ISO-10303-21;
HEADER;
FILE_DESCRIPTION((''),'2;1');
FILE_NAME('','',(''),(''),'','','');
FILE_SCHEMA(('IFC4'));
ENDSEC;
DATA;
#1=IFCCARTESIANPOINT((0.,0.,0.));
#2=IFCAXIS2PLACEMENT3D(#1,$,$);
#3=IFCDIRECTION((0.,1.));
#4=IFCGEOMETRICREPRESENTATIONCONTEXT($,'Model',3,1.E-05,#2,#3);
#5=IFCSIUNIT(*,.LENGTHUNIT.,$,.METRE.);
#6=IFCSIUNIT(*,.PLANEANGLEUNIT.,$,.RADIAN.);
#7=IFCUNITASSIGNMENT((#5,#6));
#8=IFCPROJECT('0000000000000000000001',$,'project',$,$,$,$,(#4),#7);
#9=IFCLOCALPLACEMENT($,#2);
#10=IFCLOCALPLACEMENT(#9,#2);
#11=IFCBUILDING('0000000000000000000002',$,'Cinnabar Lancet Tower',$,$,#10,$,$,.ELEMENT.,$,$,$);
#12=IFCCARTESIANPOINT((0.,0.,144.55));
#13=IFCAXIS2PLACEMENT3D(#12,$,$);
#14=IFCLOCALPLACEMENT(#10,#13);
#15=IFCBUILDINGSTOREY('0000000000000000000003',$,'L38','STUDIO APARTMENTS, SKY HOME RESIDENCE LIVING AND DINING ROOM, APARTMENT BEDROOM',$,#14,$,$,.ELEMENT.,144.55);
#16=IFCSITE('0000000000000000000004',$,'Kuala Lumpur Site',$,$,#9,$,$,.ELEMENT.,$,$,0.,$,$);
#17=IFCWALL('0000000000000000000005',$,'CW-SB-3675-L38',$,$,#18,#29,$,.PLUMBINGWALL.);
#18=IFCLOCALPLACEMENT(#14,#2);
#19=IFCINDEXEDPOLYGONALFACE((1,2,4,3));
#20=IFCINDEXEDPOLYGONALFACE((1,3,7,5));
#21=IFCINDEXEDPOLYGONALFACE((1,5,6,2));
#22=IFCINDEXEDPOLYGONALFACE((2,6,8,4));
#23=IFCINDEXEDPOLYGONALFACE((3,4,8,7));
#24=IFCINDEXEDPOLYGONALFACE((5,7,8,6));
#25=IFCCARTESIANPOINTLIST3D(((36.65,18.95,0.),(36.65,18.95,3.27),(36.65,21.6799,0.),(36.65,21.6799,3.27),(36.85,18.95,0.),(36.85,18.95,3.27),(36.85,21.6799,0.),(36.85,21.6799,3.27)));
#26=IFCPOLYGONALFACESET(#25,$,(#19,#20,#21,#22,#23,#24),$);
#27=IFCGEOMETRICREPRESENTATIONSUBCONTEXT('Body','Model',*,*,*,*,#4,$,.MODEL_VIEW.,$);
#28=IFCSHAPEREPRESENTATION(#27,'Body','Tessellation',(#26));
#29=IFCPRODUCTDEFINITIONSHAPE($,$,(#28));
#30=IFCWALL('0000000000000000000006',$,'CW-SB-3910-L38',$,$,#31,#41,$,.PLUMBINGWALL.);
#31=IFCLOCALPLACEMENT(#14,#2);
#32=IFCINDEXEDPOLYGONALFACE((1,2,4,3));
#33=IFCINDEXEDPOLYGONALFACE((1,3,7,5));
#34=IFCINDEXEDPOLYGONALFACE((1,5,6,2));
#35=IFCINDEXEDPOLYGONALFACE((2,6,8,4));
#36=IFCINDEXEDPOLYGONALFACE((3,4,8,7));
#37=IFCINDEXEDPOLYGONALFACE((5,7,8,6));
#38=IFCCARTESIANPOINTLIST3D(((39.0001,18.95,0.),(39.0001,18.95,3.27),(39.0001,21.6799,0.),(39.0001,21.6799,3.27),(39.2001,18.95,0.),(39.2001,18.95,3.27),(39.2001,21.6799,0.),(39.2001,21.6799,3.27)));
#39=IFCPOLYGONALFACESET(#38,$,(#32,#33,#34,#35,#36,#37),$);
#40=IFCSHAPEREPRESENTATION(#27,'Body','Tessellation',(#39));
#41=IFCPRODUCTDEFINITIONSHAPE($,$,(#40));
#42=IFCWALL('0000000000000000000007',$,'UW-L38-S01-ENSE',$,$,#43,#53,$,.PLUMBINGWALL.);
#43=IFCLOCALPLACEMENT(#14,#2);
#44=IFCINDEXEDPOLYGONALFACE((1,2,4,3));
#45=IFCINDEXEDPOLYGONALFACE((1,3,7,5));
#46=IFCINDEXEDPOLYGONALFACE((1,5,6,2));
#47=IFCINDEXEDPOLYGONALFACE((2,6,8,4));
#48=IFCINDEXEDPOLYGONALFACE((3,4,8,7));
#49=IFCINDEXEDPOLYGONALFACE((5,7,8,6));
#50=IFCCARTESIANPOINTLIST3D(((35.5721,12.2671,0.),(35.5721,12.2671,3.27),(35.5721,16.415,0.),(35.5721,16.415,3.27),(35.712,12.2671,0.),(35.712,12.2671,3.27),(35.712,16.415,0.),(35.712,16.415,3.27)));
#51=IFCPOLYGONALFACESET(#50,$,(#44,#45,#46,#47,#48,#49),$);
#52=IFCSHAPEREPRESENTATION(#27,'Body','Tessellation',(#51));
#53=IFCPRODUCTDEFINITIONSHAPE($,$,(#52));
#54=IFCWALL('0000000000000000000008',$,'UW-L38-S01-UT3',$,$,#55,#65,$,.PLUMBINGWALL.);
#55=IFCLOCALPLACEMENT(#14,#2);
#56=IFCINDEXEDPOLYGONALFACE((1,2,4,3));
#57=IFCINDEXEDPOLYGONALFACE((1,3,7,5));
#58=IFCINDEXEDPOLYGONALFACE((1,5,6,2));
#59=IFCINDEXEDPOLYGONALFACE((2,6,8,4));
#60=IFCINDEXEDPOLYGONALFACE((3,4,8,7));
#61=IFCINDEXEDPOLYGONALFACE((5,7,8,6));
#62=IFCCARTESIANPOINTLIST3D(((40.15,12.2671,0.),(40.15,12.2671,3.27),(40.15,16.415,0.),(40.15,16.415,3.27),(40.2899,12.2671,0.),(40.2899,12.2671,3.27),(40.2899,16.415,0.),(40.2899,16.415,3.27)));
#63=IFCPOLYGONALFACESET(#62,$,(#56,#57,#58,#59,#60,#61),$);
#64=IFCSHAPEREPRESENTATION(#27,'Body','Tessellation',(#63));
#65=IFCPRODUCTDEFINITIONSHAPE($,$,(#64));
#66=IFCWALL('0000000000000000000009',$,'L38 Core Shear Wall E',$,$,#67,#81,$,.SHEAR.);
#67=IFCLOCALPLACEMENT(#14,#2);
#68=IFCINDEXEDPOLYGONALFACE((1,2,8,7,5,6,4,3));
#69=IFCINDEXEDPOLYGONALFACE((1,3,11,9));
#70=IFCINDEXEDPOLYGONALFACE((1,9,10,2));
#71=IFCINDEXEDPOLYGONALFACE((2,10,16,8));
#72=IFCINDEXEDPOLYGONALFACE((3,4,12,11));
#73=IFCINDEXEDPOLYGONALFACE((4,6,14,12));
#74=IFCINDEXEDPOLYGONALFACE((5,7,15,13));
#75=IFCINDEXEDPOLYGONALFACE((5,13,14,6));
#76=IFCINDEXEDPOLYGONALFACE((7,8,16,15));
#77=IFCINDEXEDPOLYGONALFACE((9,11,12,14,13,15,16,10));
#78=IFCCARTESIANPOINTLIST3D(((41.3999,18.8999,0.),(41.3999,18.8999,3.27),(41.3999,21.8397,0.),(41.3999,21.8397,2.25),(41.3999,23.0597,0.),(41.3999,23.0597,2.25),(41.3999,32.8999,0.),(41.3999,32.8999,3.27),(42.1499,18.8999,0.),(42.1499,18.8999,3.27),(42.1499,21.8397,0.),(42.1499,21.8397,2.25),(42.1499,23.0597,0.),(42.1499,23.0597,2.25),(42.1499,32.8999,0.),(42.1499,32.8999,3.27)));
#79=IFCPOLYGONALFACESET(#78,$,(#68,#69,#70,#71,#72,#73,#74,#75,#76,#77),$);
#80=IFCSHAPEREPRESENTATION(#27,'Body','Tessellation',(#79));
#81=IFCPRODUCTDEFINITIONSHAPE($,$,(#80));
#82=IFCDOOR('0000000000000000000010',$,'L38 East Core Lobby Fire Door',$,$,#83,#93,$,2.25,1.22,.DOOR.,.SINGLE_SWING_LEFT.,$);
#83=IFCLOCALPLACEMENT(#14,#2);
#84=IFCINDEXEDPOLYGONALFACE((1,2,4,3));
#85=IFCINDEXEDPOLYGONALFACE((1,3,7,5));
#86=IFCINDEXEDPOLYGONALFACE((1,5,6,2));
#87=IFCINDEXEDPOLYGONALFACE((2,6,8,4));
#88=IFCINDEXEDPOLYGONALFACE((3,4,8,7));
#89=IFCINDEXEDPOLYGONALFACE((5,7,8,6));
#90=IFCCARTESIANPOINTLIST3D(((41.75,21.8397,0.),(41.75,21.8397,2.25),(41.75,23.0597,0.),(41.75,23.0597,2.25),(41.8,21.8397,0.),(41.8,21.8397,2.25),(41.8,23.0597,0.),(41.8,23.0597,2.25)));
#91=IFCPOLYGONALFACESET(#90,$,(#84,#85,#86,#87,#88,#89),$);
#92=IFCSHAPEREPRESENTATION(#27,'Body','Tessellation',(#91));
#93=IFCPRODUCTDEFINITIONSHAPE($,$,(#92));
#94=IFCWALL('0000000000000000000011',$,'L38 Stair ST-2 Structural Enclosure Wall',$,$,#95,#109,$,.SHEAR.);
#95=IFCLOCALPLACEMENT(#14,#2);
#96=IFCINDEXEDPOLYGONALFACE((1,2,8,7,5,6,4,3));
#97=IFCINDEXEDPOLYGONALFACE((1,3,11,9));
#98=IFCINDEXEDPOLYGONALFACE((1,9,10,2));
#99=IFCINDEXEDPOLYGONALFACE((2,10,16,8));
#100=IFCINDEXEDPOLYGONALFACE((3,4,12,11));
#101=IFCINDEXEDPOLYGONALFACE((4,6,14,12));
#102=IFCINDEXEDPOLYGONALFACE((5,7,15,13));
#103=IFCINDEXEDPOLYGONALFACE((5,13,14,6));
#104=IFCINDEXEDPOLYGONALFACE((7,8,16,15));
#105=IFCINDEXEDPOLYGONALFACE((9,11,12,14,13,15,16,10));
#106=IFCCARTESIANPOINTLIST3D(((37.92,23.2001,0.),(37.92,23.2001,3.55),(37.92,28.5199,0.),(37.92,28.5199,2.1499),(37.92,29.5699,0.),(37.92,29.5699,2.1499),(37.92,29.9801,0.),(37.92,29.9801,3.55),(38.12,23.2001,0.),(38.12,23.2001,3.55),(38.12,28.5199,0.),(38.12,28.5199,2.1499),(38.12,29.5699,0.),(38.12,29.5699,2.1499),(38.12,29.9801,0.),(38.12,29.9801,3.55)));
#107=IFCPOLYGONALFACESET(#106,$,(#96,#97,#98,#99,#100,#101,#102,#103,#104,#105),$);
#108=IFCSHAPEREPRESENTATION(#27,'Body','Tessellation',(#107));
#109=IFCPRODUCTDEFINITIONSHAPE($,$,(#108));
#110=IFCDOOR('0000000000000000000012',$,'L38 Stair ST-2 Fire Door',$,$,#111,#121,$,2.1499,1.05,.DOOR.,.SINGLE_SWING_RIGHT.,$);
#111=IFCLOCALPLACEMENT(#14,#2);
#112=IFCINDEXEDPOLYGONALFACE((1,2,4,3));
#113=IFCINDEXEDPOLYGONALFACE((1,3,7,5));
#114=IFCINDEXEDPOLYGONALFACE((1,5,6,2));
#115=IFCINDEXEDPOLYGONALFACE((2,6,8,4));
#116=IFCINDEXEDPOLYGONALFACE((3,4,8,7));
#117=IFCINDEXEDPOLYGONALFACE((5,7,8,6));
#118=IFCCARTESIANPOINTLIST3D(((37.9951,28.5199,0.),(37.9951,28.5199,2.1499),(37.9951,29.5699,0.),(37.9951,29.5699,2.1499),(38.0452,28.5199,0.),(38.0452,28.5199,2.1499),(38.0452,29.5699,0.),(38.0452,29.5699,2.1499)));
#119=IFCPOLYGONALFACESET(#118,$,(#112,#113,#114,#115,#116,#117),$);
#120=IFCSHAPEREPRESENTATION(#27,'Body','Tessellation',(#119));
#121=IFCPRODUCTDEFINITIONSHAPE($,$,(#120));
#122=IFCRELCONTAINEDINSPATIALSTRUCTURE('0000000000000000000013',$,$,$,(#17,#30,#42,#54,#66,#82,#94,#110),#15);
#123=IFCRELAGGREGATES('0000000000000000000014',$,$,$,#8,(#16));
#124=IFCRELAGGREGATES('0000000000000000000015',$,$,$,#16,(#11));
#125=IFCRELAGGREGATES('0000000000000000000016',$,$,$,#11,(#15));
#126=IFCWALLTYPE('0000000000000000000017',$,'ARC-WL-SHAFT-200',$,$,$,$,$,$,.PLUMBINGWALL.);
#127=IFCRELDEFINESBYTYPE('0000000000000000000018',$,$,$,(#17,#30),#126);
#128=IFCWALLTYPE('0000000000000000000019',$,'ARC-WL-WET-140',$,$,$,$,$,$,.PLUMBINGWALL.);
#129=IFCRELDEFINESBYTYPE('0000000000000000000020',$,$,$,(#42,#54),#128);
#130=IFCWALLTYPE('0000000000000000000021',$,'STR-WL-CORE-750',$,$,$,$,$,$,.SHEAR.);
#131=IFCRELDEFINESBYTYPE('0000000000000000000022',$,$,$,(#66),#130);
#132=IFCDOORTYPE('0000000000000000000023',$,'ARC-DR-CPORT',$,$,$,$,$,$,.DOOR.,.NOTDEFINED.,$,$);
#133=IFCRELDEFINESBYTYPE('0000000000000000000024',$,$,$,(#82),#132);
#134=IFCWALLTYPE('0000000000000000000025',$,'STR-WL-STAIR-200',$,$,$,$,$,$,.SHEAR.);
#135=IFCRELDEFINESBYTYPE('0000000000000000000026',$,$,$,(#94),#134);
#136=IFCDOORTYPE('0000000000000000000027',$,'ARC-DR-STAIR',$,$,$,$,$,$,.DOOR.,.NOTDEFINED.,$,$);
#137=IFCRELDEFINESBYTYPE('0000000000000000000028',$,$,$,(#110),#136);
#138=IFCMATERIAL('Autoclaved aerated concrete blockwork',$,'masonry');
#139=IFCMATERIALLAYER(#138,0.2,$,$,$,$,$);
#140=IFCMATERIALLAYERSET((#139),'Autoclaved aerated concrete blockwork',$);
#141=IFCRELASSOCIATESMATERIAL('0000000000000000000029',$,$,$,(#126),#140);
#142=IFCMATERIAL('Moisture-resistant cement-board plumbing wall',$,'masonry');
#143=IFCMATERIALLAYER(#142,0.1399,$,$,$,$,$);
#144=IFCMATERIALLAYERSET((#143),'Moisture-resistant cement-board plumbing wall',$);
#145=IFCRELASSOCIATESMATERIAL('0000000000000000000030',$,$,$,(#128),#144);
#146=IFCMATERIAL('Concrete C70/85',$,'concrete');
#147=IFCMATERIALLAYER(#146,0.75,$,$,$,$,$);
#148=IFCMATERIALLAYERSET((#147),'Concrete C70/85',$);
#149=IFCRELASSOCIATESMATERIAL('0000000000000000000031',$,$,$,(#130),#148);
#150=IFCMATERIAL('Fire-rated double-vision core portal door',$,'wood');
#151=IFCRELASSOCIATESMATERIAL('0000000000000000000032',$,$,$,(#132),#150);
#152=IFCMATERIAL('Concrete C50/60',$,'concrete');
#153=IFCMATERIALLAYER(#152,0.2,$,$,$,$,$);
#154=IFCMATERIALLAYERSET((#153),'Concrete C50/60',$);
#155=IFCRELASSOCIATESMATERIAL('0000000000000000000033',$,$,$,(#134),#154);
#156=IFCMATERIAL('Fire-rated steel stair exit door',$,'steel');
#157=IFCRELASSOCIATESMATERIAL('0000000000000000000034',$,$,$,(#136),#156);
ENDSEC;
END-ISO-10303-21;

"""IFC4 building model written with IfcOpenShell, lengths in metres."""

from ifc_helpers import new_model, si_unit, direction, frame, frame_2d, origin, place, context, subcontext, project, spatial, rectangle, extrude, material, layer, layer_set, type_object, element, fill, save


model = new_model("IFC4")

# Units and contexts
model_context = context("Model", 3, precision=1e-05, world=origin(), true_north=direction((0.0, 1.0)))
body_context = subcontext(model_context, "Body", "Model", "MODEL_VIEW")
ifc_project = project(units=[si_unit("LENGTHUNIT", "METRE"), si_unit("PLANEANGLEUNIT", "RADIAN")], contexts=[model_context])

# Site, building, storey
site_placement = place(None, origin())
site = spatial("IfcSite", under=ifc_project, at=site_placement, Name="Kuala Lumpur Site", CompositionType="ELEMENT", RefElevation=0.0)
building_placement = place(site_placement, origin())
building = spatial("IfcBuilding", under=site, at=building_placement, Name="Cinnabar Lancet Tower", CompositionType="ELEMENT")
storey_placement = place(building_placement, frame((0.0, 0.0, 144.55)))
storey = spatial("IfcBuildingStorey", under=building, at=storey_placement, Name="L38", Description="STUDIO APARTMENTS, SKY HOME RESIDENCE LIVING AND DINING ROOM, APARTMENT BEDROOM", CompositionType="ELEMENT", Elevation=144.55)

# Shared definitions
ifc_material_1 = material(Name="Autoclaved aerated concrete blockwork", Category="masonry")
ifc_layer_1 = layer(ifc_material_1, 0.2)
ifc_layer_set_1 = layer_set([ifc_layer_1], Name="Autoclaved aerated concrete blockwork")
wall_type_1 = type_object("IfcWallType", Name="ARC-WL-SHAFT-200", PredefinedType="PLUMBINGWALL", material=ifc_layer_set_1)

# Walls
for number, where, z_axis, x_axis, name in (
    (1, (36.75, 18.95, 0.0), (0.0, 0.0, 1.0), (0.0, 1.0, 0.0), "CW-SB-3675-L38"),
    (2, (39.1001, 18.95, 0.0), (0.0, 0.0, 1.0), (0.0, 1.0, 0.0), "CW-SB-3910-L38"),
):
    element("IfcWall", number, at=place(storey_placement, frame(where, z_axis=z_axis, x_axis=x_axis)), inside=storey, type_object=wall_type_1, Name=name, PredefinedType="PLUMBINGWALL", context=body_context, shape_type="SweptSolid", body=[
        extrude(rectangle(XDim=2.73, YDim=0.2, at=frame_2d((1.365, 0.0))), origin(), (0.0, 0.0, 1.0), 3.27),
    ])
ifc_material_2 = material(Name="Moisture-resistant cement-board plumbing wall", Category="masonry")
ifc_layer_2 = layer(ifc_material_2, 0.1399)
ifc_layer_set_2 = layer_set([ifc_layer_2], Name="Moisture-resistant cement-board plumbing wall")
wall_type_2 = type_object("IfcWallType", Name="ARC-WL-WET-140", PredefinedType="PLUMBINGWALL", material=ifc_layer_set_2)
for number, where, z_axis, x_axis, name in (
    (3, (35.6421, 12.2671, 0.0), (0.0, 0.0, 1.0), (0.0, 1.0, 0.0), "UW-L38-S01-ENSE"),
    (4, (40.22, 12.2671, 0.0), (0.0, 0.0, 1.0), (0.0, 1.0, 0.0), "UW-L38-S01-UT3"),
):
    element("IfcWall", number, at=place(storey_placement, frame(where, z_axis=z_axis, x_axis=x_axis)), inside=storey, type_object=wall_type_2, Name=name, PredefinedType="PLUMBINGWALL", context=body_context, shape_type="SweptSolid", body=[
        extrude(rectangle(XDim=4.1479, YDim=0.1399, at=frame_2d((2.074, 0.0))), origin(), (0.0, 0.0, 1.0), 3.27),
    ])

# Walls, openings, doors
ifc_material_3 = material(Name="Concrete C70/85", Category="concrete")
ifc_layer_3 = layer(ifc_material_3, 0.75)
ifc_layer_set_3 = layer_set([ifc_layer_3], Name="Concrete C70/85")
wall_type_3 = type_object("IfcWallType", Name="STR-WL-CORE-750", PredefinedType="SHEAR", material=ifc_layer_set_3)
wall_1_placement = place(storey_placement, frame((41.7749, 18.8999, 0.0), z_axis=(0.0, 0.0, 1.0), x_axis=(0.0, 1.0, 0.0)))
wall_1 = element("IfcWall", 5, at=wall_1_placement, inside=storey, type_object=wall_type_3, Name="L38 Core Shear Wall E", PredefinedType="SHEAR", context=body_context, shape_type="SweptSolid", body=[
    extrude(rectangle(XDim=14.0, YDim=0.75, at=frame_2d((7.0, 0.0))), origin(), (0.0, 0.0, 1.0), 3.27),
])
opening_1_placement = place(wall_1_placement, frame((2.9399, 0.0, 0.0)))
opening_1 = element("IfcOpeningElement", 6, at=opening_1_placement, cuts=wall_1, PredefinedType="OPENING", context=body_context, shape_type="SweptSolid", body=[
    extrude(rectangle(XDim=1.22, YDim=2.25, at=frame_2d((0.6099, 1.125))), frame((0.0, 0.385, 0.0), z_axis=(0.0, -1.0, 0.0), x_axis=(1.0, 0.0, 0.0)), (0.0, 0.0, 1.0), 0.77),
])
ifc_material_4 = material(Name="Fire-rated double-vision core portal door", Category="wood")
door_type_1 = type_object("IfcDoorType", Name="ARC-DR-CPORT", OperationType="NOTDEFINED", PredefinedType="DOOR", material=ifc_material_4)
door_1_placement = place(opening_1_placement, origin())
door_1 = element("IfcDoor", 7, at=door_1_placement, inside=storey, type_object=door_type_1, Name="L38 East Core Lobby Fire Door", OperationType="SINGLE_SWING_LEFT", OverallHeight=2.25, OverallWidth=1.22, PredefinedType="DOOR", context=body_context, shape_type="SweptSolid", body=[
    extrude(rectangle(XDim=1.22, YDim=2.25, at=frame_2d((0.6099, 1.125))), frame((0.0, 0.0249, 0.0), z_axis=(0.0, -1.0, 0.0), x_axis=(1.0, 0.0, 0.0)), (0.0, 0.0, 1.0), 0.05),
])
fill(opening_1, door_1)
ifc_material_5 = material(Name="Concrete C50/60", Category="concrete")
ifc_layer_4 = layer(ifc_material_5, 0.2)
ifc_layer_set_4 = layer_set([ifc_layer_4], Name="Concrete C50/60")
wall_type_4 = type_object("IfcWallType", Name="STR-WL-STAIR-200", PredefinedType="SHEAR", material=ifc_layer_set_4)
wall_2_placement = place(storey_placement, frame((38.02, 23.2, 0.0), z_axis=(0.0, 0.0, 1.0), x_axis=(0.0, 1.0, 0.0)))
wall_2 = element("IfcWall", 8, at=wall_2_placement, inside=storey, type_object=wall_type_4, Name="L38 Stair ST-2 Structural Enclosure Wall", PredefinedType="SHEAR", context=body_context, shape_type="SweptSolid", body=[
    extrude(rectangle(XDim=6.78, YDim=0.2, at=frame_2d((3.3901, 0.0))), origin(), (0.0, 0.0, 1.0), 3.55),
])
opening_2_placement = place(wall_2_placement, frame((5.3201, 0.0, 0.0)))
opening_2 = element("IfcOpeningElement", 9, at=opening_2_placement, cuts=wall_2, PredefinedType="OPENING", context=body_context, shape_type="SweptSolid", body=[
    extrude(rectangle(XDim=1.05, YDim=2.1499, at=frame_2d((0.5249, 1.075))), frame((0.0, 0.1099, 0.0), z_axis=(0.0, -1.0, 0.0), x_axis=(1.0, 0.0, 0.0)), (0.0, 0.0, 1.0), 0.22),
])
ifc_material_6 = material(Name="Fire-rated steel stair exit door", Category="steel")
door_type_2 = type_object("IfcDoorType", Name="ARC-DR-STAIR", OperationType="NOTDEFINED", PredefinedType="DOOR", material=ifc_material_6)
door_2_placement = place(opening_2_placement, origin())
door_2 = element("IfcDoor", 10, at=door_2_placement, inside=storey, type_object=door_type_2, Name="L38 Stair ST-2 Fire Door", OperationType="SINGLE_SWING_RIGHT", OverallHeight=2.1499, OverallWidth=1.05, PredefinedType="DOOR", context=body_context, shape_type="SweptSolid", body=[
    extrude(rectangle(XDim=1.05, YDim=2.1499, at=frame_2d((0.5249, 1.075))), frame((0.0, 0.0249, 0.0), z_axis=(0.0, -1.0, 0.0), x_axis=(1.0, 0.0, 0.0)), (0.0, 0.0, 1.0), 0.05),
])
fill(opening_2, door_2)

save(model, "model.ifc")
